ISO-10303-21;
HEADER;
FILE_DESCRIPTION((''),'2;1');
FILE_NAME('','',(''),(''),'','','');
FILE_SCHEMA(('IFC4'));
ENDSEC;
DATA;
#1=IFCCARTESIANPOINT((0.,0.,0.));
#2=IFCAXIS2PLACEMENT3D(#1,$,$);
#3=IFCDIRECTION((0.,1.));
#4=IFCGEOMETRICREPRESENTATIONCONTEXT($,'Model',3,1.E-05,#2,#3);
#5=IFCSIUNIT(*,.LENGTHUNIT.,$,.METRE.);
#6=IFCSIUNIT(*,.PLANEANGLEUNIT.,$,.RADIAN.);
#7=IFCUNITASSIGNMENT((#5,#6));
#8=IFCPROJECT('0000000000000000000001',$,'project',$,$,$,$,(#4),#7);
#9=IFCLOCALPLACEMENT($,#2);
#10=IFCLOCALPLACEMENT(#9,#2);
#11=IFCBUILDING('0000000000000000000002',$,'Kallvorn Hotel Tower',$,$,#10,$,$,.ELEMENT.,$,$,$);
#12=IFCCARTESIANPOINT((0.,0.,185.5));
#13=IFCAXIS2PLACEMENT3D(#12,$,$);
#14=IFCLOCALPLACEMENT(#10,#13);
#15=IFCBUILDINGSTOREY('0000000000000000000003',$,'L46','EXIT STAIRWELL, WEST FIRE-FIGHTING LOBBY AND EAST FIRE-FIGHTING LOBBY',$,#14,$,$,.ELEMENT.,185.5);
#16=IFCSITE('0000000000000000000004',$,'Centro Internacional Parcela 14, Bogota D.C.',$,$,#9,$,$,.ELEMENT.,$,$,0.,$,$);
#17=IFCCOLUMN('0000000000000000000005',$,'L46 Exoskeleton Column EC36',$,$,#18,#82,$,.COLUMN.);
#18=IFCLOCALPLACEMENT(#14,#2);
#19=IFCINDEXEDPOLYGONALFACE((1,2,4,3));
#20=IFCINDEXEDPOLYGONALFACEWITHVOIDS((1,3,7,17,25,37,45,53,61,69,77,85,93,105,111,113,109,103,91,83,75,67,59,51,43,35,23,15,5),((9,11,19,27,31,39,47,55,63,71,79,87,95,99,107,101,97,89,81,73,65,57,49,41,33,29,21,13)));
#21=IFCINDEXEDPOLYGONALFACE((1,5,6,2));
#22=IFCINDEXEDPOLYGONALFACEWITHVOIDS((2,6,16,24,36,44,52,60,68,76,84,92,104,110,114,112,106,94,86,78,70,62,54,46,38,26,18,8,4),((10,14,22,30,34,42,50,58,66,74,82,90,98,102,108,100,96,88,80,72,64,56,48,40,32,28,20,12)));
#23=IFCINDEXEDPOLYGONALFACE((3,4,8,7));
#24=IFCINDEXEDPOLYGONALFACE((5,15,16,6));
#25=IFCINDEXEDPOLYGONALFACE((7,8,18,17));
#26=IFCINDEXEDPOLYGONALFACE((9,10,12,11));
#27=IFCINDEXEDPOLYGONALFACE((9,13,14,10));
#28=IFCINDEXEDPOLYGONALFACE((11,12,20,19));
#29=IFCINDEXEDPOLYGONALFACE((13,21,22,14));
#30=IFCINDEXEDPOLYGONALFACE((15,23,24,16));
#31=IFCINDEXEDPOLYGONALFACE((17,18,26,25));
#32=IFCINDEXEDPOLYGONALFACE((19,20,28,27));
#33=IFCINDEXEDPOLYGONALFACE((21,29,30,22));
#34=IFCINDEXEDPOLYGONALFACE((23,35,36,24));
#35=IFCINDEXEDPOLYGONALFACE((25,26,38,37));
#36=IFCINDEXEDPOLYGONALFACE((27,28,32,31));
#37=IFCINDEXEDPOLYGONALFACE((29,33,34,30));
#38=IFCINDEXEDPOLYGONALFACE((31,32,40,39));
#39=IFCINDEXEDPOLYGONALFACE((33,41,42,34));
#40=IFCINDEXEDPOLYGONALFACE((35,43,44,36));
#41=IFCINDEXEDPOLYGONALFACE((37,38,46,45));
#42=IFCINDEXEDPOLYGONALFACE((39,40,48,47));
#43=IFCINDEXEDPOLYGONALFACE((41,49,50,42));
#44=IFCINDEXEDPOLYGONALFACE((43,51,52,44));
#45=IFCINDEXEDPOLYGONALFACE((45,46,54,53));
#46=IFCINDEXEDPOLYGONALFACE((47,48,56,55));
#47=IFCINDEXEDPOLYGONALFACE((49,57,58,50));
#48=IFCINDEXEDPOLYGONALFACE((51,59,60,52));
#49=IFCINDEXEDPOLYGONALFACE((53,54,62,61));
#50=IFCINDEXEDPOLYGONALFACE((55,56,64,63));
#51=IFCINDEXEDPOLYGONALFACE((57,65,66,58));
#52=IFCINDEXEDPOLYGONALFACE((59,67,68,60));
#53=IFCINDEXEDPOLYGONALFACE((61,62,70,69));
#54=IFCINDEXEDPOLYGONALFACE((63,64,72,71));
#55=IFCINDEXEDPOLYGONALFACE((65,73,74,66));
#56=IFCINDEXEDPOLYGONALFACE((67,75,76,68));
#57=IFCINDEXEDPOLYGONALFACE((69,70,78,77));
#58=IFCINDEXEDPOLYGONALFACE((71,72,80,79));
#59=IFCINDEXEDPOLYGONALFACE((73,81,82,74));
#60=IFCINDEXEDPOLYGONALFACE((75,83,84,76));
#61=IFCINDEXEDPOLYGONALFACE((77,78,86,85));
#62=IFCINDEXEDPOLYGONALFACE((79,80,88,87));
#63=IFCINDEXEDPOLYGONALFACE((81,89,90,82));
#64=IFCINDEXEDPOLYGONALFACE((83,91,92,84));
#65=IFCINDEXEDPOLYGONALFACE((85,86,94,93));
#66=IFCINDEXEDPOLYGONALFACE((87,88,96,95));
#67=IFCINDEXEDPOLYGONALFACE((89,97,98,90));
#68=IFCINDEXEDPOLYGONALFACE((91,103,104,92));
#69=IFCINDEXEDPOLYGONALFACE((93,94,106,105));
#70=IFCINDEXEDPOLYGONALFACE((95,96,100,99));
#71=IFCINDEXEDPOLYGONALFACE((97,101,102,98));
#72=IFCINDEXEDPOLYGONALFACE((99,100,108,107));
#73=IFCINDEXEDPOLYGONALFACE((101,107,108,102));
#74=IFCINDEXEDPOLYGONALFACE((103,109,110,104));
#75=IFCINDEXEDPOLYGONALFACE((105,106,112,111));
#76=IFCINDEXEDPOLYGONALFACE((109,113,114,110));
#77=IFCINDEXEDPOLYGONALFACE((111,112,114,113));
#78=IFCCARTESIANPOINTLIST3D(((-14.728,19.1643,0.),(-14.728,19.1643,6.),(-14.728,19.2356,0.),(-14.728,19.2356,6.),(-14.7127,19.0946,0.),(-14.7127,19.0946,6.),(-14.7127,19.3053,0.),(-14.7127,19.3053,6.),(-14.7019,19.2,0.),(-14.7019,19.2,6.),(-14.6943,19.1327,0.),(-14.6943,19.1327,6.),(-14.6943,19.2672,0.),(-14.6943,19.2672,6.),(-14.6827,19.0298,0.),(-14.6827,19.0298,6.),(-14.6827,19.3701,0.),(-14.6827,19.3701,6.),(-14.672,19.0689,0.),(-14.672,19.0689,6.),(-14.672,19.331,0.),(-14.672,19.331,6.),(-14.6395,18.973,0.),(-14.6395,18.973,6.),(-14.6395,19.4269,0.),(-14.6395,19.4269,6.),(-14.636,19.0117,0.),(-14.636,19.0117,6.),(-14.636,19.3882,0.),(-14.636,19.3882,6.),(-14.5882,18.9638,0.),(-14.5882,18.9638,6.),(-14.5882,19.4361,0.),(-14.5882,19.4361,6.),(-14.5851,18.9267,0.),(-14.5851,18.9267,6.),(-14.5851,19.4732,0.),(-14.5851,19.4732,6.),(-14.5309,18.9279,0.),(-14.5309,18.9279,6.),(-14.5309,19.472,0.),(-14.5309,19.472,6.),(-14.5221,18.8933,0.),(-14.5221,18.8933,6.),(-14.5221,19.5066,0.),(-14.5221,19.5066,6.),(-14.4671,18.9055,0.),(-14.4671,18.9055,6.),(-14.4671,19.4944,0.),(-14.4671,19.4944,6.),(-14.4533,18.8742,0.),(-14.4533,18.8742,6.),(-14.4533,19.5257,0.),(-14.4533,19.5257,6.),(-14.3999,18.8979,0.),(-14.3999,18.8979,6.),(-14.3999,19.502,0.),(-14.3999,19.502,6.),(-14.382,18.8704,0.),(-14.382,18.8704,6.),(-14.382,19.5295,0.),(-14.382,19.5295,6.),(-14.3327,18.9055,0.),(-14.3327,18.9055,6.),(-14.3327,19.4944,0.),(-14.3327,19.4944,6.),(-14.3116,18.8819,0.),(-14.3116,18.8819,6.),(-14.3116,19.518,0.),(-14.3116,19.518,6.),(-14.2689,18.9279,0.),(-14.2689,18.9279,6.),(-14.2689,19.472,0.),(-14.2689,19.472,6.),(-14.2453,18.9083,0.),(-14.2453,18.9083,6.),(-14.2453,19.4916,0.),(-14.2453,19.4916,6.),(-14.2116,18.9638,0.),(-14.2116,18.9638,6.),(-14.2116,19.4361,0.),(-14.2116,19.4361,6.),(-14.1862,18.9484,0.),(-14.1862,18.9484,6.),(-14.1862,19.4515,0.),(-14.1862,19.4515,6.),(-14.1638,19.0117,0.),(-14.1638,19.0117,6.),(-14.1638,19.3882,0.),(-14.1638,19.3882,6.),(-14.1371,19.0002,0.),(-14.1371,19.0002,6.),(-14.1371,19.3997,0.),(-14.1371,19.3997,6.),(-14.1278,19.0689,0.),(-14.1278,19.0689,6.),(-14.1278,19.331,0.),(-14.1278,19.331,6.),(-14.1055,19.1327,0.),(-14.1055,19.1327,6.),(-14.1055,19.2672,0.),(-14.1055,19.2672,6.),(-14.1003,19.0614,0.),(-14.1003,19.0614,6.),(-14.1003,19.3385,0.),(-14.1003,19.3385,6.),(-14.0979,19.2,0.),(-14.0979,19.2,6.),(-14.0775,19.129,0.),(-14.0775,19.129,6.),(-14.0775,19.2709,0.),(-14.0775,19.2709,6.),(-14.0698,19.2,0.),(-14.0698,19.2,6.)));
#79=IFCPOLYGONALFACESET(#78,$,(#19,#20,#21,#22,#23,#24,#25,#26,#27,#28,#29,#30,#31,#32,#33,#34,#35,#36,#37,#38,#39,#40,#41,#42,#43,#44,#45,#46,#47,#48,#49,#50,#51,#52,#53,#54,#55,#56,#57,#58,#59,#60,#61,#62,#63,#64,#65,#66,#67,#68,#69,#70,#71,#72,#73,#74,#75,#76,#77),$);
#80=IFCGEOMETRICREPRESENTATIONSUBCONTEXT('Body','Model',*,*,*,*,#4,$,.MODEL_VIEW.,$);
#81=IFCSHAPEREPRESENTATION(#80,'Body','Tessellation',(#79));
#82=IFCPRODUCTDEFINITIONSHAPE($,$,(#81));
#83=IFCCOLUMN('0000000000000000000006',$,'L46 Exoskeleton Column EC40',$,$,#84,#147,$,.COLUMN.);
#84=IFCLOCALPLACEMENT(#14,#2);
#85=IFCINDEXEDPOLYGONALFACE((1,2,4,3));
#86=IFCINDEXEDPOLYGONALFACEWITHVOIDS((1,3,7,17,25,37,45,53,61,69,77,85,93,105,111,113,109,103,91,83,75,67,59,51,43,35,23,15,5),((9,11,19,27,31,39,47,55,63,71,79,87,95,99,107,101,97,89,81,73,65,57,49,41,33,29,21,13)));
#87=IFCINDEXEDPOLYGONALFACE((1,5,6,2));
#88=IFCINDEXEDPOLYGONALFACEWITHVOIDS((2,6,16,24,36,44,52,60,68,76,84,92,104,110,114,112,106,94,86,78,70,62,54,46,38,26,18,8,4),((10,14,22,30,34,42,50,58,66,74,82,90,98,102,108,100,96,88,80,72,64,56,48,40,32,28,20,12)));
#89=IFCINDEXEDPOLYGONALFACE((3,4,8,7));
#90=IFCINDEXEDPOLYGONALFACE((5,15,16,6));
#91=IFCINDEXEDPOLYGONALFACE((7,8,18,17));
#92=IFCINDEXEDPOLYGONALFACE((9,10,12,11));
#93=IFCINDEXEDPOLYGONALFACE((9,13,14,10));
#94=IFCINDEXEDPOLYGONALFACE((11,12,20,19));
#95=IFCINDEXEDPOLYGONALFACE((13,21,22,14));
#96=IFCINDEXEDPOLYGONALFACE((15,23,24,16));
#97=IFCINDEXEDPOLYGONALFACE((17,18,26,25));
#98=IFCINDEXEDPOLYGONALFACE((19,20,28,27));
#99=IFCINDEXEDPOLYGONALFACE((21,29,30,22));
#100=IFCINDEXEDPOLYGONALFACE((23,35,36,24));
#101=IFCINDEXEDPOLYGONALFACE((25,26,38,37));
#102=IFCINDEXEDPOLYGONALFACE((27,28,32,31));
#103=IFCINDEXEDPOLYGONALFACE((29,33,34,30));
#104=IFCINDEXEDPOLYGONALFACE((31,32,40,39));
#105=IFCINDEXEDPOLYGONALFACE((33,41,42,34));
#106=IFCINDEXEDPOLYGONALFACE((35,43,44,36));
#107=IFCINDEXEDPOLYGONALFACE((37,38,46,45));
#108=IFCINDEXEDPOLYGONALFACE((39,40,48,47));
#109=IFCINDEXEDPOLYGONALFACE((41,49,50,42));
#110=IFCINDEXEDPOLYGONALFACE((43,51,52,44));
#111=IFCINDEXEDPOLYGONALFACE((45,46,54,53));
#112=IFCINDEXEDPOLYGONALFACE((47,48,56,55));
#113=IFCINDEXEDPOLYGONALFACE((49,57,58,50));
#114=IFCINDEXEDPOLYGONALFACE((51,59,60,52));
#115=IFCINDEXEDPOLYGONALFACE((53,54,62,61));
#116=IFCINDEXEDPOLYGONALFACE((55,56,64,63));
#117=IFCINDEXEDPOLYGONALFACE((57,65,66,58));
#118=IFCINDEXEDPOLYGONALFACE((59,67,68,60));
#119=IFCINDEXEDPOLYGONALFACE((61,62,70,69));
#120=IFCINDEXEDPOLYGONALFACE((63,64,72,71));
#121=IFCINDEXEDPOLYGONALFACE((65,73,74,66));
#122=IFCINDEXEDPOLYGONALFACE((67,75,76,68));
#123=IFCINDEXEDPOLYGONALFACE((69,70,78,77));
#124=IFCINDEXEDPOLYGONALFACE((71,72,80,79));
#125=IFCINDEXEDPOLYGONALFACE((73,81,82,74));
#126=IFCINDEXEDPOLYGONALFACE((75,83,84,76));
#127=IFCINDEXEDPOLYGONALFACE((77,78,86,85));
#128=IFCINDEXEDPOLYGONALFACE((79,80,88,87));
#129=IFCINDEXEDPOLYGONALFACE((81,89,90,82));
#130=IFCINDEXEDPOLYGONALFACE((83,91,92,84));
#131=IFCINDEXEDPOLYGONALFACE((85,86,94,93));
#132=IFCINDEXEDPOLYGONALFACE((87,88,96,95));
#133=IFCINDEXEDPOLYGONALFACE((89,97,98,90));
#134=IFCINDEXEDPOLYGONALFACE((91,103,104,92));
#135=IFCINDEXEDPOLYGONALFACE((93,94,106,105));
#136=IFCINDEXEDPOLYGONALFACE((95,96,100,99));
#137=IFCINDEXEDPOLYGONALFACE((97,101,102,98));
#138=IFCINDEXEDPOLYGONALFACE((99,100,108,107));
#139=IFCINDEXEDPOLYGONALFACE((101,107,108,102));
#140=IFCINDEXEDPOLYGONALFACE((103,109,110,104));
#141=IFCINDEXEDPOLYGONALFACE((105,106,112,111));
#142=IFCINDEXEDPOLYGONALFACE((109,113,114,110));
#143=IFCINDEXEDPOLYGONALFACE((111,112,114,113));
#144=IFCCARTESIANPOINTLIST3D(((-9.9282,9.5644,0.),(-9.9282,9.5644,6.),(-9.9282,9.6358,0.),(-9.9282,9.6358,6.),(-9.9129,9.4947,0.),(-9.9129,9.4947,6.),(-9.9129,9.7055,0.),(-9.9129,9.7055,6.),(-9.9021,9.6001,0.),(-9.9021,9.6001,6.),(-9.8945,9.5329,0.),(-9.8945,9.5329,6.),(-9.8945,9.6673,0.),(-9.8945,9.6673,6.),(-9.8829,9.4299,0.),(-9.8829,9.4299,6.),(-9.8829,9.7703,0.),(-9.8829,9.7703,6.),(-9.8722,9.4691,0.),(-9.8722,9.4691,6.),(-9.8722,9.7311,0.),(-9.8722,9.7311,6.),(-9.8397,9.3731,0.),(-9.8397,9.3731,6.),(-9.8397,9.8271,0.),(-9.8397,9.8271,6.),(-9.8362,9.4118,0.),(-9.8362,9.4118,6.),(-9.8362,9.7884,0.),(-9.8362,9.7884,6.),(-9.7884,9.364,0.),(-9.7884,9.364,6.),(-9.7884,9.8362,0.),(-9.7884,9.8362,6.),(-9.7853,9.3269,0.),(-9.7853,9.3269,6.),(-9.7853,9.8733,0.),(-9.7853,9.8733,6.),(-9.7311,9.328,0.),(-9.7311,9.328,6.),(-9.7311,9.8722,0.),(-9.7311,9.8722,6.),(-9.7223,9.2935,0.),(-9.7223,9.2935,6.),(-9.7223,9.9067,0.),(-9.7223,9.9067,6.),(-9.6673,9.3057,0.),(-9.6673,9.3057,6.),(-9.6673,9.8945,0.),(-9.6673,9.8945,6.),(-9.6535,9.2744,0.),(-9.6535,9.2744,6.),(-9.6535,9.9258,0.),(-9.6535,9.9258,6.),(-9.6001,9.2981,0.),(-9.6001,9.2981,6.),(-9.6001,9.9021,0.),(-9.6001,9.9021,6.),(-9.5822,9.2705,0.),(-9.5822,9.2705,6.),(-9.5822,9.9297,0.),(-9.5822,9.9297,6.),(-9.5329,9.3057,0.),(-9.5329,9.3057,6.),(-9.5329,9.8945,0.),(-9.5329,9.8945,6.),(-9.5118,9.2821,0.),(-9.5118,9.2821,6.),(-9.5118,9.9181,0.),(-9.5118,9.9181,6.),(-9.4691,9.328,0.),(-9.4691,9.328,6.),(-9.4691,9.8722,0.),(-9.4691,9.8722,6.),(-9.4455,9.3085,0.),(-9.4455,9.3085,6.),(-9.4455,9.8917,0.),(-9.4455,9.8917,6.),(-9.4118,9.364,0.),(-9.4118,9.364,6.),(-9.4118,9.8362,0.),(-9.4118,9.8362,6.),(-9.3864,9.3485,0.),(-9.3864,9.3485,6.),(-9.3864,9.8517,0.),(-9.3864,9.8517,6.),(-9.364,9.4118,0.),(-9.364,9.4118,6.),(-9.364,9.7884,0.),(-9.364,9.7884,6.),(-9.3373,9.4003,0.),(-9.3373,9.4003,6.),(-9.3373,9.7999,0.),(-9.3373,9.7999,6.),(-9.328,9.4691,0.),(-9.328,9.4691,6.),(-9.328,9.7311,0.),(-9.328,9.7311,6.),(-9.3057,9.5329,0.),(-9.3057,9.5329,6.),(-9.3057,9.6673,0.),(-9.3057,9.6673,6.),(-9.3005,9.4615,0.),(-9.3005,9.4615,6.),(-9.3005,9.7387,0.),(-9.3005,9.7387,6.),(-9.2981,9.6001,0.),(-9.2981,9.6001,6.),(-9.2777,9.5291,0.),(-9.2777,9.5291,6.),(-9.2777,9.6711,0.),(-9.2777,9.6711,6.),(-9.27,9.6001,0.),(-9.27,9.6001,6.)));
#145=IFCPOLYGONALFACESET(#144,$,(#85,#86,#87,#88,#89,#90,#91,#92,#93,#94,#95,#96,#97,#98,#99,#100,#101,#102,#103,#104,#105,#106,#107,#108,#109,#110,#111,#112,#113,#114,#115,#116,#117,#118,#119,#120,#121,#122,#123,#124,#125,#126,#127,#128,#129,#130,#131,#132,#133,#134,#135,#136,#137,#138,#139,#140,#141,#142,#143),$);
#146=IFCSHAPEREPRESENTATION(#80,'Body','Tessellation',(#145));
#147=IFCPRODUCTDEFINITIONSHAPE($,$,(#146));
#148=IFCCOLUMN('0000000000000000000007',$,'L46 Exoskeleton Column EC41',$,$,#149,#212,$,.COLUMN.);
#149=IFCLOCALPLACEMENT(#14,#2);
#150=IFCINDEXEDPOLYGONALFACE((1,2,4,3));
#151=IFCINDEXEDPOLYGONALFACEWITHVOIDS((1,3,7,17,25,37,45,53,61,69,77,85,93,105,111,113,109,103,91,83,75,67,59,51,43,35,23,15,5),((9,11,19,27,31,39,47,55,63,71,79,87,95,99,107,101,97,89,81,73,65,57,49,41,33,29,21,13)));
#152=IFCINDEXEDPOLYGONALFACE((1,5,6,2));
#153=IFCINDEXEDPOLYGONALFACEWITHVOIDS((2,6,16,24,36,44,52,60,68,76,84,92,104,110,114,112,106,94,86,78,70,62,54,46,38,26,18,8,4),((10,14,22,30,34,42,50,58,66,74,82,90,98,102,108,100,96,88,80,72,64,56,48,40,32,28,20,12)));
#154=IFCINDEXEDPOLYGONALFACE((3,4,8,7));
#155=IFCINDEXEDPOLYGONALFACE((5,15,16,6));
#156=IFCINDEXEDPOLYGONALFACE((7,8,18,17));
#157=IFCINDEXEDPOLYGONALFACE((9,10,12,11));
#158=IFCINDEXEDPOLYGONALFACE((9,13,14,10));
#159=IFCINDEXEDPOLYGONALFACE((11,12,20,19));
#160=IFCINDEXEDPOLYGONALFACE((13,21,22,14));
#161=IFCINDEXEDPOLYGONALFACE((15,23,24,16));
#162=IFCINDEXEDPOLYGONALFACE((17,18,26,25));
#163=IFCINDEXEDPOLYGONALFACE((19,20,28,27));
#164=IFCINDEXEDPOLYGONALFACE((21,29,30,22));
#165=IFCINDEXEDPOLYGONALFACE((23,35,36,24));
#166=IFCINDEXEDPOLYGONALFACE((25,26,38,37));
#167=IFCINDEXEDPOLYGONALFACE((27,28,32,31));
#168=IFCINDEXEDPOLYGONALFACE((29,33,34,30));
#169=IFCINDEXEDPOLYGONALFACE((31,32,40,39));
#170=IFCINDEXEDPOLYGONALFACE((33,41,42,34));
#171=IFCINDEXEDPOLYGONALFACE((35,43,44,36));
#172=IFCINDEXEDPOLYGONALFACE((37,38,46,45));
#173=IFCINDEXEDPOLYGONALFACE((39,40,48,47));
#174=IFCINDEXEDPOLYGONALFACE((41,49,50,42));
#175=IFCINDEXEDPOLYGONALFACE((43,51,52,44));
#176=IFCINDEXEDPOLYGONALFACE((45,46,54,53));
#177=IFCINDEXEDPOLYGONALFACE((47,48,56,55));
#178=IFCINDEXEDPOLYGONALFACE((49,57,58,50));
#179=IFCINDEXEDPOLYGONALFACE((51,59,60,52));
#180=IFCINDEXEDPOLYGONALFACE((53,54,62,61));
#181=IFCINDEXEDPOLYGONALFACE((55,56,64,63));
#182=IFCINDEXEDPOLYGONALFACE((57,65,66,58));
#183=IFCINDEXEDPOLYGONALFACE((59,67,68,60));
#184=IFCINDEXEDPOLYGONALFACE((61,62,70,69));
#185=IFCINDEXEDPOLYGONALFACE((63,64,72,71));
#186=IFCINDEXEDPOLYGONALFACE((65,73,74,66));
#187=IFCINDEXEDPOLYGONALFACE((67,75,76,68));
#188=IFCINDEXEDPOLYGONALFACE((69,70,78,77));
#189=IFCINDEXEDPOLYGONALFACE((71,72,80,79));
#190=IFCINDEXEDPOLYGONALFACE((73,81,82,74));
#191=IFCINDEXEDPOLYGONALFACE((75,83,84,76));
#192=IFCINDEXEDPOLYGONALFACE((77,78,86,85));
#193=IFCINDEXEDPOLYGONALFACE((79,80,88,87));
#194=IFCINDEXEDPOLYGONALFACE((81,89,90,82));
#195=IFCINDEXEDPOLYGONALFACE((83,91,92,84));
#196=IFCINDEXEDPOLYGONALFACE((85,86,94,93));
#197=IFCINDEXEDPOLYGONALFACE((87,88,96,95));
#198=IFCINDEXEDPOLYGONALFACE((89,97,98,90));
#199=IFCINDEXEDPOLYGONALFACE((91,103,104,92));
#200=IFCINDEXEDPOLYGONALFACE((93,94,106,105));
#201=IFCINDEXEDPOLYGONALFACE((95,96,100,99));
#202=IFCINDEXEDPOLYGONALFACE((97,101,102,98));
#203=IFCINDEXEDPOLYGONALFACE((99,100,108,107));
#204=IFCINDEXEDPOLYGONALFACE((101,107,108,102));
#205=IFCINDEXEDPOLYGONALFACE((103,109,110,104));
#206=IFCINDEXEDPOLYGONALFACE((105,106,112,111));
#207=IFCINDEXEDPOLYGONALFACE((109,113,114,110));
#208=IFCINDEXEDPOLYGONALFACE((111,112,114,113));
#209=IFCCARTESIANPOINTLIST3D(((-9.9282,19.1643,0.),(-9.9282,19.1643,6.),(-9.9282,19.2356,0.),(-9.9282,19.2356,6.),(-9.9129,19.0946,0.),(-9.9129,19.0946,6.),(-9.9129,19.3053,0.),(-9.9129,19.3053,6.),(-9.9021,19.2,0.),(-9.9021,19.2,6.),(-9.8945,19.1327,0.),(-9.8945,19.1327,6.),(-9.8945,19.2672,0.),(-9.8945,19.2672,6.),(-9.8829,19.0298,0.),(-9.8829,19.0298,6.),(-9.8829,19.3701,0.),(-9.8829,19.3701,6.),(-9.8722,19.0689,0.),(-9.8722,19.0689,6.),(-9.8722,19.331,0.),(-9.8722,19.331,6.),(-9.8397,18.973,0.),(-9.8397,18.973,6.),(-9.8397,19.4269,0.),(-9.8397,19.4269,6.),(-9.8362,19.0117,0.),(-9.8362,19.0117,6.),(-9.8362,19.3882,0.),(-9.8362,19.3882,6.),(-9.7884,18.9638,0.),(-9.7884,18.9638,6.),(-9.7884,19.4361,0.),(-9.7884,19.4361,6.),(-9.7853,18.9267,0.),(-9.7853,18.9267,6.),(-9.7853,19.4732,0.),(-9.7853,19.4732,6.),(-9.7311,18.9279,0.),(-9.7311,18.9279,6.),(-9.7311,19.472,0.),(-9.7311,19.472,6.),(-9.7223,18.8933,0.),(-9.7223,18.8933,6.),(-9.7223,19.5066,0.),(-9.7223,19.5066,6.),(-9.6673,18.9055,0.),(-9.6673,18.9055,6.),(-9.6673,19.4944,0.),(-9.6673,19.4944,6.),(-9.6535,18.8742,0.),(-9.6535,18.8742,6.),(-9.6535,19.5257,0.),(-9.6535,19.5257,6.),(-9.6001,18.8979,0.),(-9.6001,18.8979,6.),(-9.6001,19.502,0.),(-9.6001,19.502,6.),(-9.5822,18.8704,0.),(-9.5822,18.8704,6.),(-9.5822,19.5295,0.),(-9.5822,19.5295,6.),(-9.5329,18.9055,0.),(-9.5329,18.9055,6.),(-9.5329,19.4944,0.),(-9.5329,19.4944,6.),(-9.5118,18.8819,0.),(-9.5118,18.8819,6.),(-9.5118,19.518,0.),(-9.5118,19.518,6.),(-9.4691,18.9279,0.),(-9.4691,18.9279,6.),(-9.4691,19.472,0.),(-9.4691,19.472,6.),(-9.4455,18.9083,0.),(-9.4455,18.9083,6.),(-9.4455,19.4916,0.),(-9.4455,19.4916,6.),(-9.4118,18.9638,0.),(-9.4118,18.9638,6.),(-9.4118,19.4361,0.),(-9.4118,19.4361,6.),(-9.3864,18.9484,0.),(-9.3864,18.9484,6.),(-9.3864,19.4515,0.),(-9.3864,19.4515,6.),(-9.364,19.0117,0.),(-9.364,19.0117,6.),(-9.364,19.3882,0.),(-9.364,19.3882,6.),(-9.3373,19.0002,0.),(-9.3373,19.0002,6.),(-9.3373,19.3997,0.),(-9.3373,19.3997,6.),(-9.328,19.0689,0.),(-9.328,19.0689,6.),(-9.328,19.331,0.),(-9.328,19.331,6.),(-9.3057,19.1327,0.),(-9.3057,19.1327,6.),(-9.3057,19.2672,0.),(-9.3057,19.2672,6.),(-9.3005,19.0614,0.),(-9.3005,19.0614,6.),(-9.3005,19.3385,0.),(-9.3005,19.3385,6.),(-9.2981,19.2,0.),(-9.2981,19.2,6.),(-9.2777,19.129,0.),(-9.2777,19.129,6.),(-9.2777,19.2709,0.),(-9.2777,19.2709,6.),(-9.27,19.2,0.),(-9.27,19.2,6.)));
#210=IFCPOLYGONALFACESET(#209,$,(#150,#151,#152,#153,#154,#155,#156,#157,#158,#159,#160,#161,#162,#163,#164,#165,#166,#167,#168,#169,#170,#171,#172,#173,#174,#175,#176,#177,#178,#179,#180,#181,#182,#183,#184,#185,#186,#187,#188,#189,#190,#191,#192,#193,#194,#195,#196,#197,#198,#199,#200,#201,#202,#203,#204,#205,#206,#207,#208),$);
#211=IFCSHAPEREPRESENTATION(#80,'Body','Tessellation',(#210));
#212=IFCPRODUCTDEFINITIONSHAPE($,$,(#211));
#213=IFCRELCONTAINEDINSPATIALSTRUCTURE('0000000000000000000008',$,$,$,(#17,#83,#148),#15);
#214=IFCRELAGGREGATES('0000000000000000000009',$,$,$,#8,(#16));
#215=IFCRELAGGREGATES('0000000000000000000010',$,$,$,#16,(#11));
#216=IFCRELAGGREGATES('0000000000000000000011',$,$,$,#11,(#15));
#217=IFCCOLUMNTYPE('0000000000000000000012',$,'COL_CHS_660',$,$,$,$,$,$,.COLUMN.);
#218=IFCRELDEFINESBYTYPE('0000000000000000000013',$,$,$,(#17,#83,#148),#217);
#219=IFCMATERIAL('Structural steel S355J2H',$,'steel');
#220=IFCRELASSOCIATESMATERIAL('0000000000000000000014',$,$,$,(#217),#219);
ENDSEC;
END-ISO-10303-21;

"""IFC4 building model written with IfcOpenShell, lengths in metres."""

from ifc_helpers import new_model, si_unit, direction, frame, origin, origin_2d, place, context, subcontext, project, spatial, hollow_circle, extrude, material, material_profile, profile_set, type_object, element, save


model = new_model("IFC4")

# Units and contexts
model_context = context("Model", 3, precision=1e-05, world=origin(), true_north=direction((0.0, 1.0)))
body_context = subcontext(model_context, "Body", "Model", "MODEL_VIEW")
ifc_project = project(units=[si_unit("LENGTHUNIT", "METRE"), si_unit("PLANEANGLEUNIT", "RADIAN")], contexts=[model_context])

# Site, building, storey
site_placement = place(None, origin())
site = spatial("IfcSite", under=ifc_project, at=site_placement, Name="Centro Internacional Parcela 14, Bogota D.C.", CompositionType="ELEMENT", RefElevation=0.0)
building_placement = place(site_placement, origin())
building = spatial("IfcBuilding", under=site, at=building_placement, Name="Kallvorn Hotel Tower", CompositionType="ELEMENT")
storey_placement = place(building_placement, frame((0.0, 0.0, 185.5)))
storey = spatial("IfcBuildingStorey", under=building, at=storey_placement, Name="L46", Description="EXIT STAIRWELL, WEST FIRE-FIGHTING LOBBY AND EAST FIRE-FIGHTING LOBBY", CompositionType="ELEMENT", Elevation=185.5)

# Columns
ifc_material_1 = material(Name="Structural steel S355J2H", Category="steel")
ifc_material_profile_1 = material_profile(ifc_material_1, hollow_circle(Radius=0.3301, WallThickness=0.0281, at=origin_2d()), Name="CHS 660x28")
ifc_profile_set_1 = profile_set([ifc_material_profile_1], Name="Structural steel S355J2H")
column_type_1 = type_object("IfcColumnType", Name="COL_CHS_660", PredefinedType="COLUMN", material=ifc_profile_set_1)
for number, where, z_axis, x_axis, name in (
    (1, (-14.3999, 19.2, 0.0), (0.0, 0.0, 1.0), (1.0, 0.0, 0.0), "L46 Exoskeleton Column EC36"),
    (2, (-9.6001, 9.6001, 0.0), (0.0, 0.0, 1.0), (1.0, 0.0, 0.0), "L46 Exoskeleton Column EC40"),
    (3, (-9.6001, 19.2, 0.0), (0.0, 0.0, 1.0), (1.0, 0.0, 0.0), "L46 Exoskeleton Column EC41"),
):
    element("IfcColumn", number, at=place(storey_placement, frame(where, z_axis=z_axis, x_axis=x_axis)), inside=storey, type_object=column_type_1, Name=name, PredefinedType="COLUMN", context=body_context, shape_type="SweptSolid", body=[
        extrude(hollow_circle(Radius=0.3301, WallThickness=0.0281, at=origin_2d()), origin(), (0.0, 0.0, 1.0), 6.0),
    ])

save(model, "model.ifc")
